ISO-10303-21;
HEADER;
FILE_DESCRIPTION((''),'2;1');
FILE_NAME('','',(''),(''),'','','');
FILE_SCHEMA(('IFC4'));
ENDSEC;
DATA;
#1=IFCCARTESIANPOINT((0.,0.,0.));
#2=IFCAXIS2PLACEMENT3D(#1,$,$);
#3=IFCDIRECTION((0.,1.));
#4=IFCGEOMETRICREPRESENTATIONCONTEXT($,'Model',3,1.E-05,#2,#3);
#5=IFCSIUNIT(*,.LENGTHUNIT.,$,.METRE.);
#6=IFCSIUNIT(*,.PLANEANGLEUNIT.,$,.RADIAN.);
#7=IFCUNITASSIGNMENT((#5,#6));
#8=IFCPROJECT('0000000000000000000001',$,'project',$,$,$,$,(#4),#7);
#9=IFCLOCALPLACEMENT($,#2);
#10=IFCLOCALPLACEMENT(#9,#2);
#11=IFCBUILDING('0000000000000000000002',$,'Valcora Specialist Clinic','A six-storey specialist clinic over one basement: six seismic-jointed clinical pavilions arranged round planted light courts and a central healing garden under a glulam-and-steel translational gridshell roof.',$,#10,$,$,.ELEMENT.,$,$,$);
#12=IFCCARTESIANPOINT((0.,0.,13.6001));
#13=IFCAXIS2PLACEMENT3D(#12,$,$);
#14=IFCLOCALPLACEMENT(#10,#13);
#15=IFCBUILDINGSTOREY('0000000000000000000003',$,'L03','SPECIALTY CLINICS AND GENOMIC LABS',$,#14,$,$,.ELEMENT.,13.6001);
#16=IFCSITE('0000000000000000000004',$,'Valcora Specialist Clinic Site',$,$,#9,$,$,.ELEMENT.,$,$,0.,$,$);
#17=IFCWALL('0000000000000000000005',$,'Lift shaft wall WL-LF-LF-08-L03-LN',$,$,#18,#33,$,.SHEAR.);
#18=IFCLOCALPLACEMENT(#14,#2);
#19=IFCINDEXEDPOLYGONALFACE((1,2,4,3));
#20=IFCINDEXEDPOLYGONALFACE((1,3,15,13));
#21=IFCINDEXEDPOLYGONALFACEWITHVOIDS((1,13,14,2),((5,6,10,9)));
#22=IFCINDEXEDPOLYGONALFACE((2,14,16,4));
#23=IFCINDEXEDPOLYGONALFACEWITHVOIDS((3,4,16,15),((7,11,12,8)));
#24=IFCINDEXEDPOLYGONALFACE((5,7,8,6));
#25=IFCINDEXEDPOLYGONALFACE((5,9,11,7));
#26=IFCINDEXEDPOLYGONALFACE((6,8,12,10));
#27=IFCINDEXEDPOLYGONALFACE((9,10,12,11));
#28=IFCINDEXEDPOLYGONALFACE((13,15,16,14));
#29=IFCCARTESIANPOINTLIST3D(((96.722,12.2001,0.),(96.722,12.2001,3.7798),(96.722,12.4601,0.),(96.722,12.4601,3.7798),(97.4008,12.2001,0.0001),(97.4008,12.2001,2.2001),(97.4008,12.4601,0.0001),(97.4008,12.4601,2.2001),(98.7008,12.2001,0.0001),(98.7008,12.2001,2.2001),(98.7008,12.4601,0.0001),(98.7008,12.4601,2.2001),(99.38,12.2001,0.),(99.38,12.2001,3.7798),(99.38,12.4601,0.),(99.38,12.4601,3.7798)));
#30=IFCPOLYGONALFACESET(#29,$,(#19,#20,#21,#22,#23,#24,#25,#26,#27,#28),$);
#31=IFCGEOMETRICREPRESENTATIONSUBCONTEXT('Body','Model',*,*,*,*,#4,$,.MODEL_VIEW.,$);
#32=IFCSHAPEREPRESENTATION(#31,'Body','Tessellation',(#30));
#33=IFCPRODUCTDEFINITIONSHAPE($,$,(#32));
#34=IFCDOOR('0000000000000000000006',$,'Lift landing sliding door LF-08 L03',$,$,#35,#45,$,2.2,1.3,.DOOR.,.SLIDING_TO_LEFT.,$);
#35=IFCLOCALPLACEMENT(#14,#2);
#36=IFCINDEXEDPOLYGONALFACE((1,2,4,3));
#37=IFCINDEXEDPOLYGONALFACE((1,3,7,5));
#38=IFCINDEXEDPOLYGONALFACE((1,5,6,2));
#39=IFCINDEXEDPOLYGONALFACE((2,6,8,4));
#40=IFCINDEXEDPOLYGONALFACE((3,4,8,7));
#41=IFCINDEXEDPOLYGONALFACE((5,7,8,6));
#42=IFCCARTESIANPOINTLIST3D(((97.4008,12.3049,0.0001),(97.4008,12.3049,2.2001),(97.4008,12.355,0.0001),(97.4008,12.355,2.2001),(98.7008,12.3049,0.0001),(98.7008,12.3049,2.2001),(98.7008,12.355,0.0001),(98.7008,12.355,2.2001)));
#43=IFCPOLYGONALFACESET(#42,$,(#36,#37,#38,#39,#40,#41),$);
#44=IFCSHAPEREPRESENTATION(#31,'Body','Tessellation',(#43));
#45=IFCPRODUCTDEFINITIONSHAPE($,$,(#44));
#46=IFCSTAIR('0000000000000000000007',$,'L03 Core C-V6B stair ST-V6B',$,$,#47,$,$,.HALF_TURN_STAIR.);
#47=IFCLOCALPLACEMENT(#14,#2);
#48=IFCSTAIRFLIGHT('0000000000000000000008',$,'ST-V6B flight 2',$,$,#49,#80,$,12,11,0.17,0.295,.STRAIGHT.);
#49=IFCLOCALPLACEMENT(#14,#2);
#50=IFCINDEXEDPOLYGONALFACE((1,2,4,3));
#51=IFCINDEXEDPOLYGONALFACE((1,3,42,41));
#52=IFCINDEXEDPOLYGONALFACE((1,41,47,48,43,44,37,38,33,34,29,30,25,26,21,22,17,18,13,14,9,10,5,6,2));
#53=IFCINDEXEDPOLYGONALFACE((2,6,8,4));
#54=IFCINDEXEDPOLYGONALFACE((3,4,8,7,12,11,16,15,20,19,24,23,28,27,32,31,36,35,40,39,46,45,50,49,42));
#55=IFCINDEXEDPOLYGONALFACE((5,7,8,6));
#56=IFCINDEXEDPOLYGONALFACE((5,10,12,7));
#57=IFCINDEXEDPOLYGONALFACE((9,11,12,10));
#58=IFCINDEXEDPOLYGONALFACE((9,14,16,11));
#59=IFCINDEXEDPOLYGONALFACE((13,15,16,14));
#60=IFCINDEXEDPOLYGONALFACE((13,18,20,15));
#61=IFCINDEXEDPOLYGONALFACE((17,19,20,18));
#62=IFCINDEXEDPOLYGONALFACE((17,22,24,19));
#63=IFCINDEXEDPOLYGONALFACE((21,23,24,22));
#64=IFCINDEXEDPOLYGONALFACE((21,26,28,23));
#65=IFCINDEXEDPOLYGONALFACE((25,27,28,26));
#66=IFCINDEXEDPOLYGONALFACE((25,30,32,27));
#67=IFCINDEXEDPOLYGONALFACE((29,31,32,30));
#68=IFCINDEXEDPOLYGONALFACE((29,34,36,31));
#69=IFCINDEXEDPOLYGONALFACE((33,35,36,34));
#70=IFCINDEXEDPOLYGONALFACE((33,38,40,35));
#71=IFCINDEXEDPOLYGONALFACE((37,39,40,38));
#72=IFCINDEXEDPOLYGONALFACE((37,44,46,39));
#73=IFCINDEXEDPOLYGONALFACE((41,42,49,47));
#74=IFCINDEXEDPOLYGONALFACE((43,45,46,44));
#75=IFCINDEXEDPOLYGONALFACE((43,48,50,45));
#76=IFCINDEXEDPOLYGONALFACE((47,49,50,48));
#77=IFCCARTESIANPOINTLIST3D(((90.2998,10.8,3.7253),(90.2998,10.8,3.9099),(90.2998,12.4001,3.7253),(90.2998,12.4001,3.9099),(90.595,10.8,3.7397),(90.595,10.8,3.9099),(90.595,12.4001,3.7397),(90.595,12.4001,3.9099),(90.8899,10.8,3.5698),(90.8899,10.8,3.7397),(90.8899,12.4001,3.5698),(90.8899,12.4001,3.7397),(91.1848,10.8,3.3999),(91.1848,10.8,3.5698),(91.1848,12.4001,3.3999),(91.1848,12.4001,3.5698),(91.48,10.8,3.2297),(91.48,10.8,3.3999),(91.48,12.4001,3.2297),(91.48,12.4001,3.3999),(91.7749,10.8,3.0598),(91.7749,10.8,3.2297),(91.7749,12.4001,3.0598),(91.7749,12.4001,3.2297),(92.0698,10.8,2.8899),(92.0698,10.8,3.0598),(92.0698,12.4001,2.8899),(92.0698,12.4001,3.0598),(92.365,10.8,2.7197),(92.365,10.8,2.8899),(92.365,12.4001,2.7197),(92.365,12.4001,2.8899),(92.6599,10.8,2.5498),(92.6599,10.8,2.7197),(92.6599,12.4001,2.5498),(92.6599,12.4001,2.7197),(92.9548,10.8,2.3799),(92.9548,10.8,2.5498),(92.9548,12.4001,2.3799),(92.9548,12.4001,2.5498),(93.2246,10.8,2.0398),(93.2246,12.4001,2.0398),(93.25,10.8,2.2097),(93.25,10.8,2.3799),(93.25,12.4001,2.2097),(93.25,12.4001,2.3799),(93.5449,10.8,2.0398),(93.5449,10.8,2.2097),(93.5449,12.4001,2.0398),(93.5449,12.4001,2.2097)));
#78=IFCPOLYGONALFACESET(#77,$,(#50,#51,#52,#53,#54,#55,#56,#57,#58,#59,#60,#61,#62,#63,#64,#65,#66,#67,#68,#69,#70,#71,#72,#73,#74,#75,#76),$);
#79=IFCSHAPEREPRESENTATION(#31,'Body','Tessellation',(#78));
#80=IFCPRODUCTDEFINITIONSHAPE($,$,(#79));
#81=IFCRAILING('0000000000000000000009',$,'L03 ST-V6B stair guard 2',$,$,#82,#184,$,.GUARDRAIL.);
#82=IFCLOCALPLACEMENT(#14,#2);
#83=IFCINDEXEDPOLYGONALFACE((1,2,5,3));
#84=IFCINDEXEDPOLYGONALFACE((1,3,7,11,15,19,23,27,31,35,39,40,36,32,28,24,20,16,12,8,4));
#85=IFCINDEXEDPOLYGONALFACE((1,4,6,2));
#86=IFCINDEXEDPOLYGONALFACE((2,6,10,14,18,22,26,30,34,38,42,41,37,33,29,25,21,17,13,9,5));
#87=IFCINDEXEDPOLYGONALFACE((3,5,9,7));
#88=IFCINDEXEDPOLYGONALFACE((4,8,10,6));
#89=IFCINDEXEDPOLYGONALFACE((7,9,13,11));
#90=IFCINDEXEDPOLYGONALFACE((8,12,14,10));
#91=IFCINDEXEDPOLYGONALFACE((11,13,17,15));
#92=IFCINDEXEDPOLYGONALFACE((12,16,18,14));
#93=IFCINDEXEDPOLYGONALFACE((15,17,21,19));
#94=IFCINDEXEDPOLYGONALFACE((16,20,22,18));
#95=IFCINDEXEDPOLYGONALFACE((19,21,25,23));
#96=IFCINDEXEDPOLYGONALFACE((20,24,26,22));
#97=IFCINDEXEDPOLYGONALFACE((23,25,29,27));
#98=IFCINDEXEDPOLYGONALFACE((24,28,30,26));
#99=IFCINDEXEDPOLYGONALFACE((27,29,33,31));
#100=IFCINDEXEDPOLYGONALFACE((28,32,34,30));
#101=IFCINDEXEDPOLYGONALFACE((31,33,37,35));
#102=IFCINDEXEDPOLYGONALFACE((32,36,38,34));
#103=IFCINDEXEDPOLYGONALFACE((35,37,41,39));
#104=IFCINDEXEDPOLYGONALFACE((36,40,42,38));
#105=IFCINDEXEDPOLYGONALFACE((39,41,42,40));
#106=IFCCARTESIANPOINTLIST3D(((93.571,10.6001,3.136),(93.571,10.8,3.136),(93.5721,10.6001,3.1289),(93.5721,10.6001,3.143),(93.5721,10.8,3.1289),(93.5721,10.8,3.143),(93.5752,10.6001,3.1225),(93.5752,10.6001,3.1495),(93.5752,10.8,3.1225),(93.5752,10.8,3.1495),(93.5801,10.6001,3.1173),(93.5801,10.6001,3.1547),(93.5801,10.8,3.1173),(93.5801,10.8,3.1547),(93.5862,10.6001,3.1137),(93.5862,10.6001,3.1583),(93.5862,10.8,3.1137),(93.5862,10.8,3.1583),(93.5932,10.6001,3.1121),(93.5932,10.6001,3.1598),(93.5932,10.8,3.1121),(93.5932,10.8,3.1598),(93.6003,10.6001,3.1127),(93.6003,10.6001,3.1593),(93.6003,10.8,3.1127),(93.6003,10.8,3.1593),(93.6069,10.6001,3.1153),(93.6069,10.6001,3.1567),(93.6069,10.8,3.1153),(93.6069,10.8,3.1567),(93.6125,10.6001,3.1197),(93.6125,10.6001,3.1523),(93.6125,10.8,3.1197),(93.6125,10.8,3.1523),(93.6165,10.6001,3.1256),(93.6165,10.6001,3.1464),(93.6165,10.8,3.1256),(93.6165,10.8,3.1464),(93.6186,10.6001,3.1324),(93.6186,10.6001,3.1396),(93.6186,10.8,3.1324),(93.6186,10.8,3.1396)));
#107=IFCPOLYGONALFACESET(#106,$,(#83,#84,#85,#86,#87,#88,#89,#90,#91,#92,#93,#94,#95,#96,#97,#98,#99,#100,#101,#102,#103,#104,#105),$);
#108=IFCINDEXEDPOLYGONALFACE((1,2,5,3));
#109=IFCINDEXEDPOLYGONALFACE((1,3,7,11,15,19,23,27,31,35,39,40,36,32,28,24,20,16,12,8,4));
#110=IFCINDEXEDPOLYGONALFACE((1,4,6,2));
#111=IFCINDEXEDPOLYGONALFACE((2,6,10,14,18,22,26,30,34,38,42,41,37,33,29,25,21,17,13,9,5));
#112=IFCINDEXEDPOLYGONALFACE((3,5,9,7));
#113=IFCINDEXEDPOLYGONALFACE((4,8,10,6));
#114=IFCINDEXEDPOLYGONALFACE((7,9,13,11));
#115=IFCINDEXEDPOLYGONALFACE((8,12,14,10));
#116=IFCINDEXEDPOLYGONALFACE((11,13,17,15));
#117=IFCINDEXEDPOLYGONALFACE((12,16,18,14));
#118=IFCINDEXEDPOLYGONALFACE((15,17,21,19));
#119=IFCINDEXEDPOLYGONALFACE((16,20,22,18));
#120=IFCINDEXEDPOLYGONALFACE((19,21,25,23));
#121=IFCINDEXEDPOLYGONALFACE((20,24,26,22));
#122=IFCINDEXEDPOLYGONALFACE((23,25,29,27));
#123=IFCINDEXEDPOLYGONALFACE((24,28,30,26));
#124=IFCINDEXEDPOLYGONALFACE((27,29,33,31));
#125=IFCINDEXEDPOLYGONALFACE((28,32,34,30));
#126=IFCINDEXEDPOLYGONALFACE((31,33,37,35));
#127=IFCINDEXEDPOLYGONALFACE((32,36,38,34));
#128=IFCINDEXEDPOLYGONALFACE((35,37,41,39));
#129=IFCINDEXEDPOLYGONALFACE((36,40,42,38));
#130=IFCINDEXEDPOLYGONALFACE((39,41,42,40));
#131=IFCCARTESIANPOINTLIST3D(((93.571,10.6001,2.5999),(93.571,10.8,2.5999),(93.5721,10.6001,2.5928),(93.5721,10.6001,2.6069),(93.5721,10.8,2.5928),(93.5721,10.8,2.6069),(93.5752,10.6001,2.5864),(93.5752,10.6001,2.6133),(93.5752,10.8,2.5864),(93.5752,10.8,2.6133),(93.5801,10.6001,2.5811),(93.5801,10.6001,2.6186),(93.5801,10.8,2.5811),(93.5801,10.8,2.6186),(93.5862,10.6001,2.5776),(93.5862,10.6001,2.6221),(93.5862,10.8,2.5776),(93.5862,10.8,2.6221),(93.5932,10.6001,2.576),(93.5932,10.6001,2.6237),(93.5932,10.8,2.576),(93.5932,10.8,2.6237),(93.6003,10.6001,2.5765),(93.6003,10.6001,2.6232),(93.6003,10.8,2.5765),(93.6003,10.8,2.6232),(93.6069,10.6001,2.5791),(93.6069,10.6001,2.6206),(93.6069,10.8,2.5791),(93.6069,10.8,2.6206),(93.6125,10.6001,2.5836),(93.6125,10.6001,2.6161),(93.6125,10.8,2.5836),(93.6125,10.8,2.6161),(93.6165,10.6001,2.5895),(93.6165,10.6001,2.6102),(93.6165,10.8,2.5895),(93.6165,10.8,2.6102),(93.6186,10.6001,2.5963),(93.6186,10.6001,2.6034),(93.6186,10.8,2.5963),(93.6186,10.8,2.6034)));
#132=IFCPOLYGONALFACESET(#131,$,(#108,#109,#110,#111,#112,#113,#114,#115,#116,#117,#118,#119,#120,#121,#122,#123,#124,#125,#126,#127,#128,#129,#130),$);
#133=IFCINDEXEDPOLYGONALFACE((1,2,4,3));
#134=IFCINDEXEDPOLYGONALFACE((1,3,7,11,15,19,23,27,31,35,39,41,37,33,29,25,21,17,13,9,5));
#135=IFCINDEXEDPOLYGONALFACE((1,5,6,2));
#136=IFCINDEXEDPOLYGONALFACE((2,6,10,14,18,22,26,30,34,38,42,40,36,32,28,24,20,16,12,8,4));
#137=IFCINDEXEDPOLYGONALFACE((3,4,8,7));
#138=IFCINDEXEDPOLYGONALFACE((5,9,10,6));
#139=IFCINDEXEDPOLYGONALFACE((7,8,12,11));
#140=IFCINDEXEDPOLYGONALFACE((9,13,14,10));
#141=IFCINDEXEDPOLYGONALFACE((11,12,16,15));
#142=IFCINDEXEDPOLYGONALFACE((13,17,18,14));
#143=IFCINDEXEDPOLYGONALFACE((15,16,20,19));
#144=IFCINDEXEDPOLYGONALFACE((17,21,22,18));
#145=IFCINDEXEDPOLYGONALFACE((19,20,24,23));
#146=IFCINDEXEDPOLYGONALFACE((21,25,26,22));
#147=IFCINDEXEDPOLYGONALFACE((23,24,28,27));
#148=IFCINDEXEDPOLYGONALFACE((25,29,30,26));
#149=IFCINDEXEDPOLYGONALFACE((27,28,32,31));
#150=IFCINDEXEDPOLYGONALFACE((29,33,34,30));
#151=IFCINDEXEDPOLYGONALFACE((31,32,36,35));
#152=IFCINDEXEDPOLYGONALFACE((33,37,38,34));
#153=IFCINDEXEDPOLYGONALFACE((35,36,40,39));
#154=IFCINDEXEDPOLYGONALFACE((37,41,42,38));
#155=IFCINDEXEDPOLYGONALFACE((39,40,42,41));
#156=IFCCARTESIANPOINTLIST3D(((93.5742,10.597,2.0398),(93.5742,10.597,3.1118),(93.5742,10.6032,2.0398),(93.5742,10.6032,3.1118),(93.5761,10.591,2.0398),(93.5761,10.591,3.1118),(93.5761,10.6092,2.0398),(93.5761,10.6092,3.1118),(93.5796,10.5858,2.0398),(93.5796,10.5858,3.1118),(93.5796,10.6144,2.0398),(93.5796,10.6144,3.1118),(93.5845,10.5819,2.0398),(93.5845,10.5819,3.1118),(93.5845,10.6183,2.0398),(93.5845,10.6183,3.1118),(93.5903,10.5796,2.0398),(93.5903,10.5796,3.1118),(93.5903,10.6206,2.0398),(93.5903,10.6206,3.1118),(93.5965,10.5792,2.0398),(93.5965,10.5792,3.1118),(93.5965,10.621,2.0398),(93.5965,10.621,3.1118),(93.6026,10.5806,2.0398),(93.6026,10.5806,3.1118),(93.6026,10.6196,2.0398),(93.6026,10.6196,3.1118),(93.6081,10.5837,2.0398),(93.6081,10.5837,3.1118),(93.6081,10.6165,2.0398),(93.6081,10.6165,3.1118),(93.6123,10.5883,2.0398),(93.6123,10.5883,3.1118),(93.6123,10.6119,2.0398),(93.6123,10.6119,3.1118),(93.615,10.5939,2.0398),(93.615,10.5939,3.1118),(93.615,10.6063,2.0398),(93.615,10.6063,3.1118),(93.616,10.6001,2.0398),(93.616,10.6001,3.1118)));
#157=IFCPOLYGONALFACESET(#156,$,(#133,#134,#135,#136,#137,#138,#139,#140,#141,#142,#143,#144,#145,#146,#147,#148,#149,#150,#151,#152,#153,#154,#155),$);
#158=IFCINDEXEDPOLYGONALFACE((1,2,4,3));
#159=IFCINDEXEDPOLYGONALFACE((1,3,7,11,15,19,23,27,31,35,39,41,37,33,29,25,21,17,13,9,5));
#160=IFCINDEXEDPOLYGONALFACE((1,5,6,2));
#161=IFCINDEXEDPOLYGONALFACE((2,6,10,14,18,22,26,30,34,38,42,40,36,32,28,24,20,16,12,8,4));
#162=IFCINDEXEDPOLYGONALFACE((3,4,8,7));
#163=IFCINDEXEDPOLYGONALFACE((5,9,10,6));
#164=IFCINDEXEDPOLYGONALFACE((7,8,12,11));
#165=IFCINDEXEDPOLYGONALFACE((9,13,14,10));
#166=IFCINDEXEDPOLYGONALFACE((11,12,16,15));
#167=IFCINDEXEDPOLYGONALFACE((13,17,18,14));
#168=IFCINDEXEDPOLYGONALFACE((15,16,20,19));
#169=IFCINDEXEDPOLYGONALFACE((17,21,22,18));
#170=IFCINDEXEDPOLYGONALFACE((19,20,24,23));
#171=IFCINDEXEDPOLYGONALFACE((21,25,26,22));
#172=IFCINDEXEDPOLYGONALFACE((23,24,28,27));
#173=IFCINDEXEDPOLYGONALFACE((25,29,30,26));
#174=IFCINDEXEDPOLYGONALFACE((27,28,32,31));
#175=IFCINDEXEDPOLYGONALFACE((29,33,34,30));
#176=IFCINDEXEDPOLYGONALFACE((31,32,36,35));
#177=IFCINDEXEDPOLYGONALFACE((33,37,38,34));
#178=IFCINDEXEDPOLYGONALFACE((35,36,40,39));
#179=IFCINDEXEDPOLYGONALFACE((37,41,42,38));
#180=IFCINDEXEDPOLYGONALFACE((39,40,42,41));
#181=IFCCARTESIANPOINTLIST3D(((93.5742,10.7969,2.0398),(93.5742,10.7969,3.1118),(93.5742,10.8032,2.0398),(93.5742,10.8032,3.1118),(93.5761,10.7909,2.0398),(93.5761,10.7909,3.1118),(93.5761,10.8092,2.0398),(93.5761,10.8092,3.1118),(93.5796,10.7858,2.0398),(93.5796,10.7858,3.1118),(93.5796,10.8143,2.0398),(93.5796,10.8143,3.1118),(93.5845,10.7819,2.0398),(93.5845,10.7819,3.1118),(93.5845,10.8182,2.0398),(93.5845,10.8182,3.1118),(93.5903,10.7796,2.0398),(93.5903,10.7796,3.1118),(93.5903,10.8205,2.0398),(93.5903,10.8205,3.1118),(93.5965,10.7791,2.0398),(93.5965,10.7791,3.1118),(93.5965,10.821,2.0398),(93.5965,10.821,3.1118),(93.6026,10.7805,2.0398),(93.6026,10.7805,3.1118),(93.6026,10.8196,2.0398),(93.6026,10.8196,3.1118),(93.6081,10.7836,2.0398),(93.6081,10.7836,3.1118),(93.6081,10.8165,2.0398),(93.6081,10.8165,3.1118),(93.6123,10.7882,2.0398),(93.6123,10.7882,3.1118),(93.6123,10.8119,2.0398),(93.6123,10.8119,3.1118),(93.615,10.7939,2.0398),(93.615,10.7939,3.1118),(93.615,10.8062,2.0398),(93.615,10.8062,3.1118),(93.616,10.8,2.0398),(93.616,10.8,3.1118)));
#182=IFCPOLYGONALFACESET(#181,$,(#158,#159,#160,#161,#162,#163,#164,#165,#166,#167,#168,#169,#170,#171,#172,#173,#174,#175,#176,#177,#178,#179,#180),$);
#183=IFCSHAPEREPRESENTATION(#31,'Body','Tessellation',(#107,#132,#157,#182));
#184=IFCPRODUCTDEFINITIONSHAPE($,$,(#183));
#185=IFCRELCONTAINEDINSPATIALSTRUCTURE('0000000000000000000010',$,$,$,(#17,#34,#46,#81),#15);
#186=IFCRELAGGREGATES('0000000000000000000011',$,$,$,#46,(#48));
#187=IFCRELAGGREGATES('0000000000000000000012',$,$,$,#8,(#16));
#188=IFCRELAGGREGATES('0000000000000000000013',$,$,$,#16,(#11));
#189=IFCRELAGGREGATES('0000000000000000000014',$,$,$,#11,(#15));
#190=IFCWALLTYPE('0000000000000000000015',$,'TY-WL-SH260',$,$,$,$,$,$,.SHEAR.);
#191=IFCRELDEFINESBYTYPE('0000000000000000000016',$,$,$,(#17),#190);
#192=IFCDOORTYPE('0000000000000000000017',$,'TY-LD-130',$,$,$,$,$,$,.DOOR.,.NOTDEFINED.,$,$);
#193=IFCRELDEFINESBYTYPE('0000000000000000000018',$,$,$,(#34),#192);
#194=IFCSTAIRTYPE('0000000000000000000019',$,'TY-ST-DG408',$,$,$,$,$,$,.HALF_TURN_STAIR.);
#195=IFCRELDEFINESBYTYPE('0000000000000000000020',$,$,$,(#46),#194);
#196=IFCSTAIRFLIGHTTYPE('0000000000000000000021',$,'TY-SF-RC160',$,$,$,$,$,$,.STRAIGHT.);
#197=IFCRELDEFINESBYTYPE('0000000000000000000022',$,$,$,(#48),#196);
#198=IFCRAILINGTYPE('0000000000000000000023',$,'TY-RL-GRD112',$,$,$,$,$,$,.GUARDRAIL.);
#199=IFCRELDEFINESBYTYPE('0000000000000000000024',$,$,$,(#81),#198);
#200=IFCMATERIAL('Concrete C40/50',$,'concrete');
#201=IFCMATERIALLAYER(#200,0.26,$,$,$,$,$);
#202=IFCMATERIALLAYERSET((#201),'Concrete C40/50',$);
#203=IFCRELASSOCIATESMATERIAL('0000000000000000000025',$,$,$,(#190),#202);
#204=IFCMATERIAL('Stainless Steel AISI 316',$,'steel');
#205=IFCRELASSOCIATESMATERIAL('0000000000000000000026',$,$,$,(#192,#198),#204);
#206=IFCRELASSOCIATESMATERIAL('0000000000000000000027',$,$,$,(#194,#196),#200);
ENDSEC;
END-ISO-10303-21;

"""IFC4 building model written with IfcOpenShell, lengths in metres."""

from ifc_helpers import new_model, si_unit, direction, frame, frame_2d, origin, origin_2d, place, context, subcontext, project, spatial, polyline, rectangle, circle, outline, extrude, material, layer, layer_set, type_object, element, fill, aggregate, save


model = new_model("IFC4")

# Units and contexts
model_context = context("Model", 3, precision=1e-05, world=origin(), true_north=direction((0.0, 1.0)))
body_context = subcontext(model_context, "Body", "Model", "MODEL_VIEW")
ifc_project = project(units=[si_unit("LENGTHUNIT", "METRE"), si_unit("PLANEANGLEUNIT", "RADIAN")], contexts=[model_context])

# Site, building, storey
site_placement = place(None, origin())
site = spatial("IfcSite", under=ifc_project, at=site_placement, Name="Valcora Specialist Clinic Site", CompositionType="ELEMENT", RefElevation=0.0)
building_placement = place(site_placement, origin())
building = spatial("IfcBuilding", under=site, at=building_placement, Name="Valcora Specialist Clinic", Description="A six-storey specialist clinic over one basement: six seismic-jointed clinical pavilions arranged round planted light courts and a central healing garden under a glulam-and-steel translational gridshell roof.", CompositionType="ELEMENT")
storey_placement = place(building_placement, frame((0.0, 0.0, 13.6001)))
storey = spatial("IfcBuildingStorey", under=building, at=storey_placement, Name="L03", Description="SPECIALTY CLINICS AND GENOMIC LABS", CompositionType="ELEMENT", Elevation=13.6001)

# Shared definitions
ifc_material_1 = material(Name="Concrete C40/50", Category="concrete")

# Wall, opening, door
ifc_layer_1 = layer(ifc_material_1, 0.26)
ifc_layer_set_1 = layer_set([ifc_layer_1], Name="Concrete C40/50")
wall_type_1 = type_object("IfcWallType", Name="TY-WL-SH260", PredefinedType="SHEAR", material=ifc_layer_set_1)
wall_1_placement = place(storey_placement, frame((96.7219, 12.3301, 0.0), z_axis=(0.0, 0.0, 1.0), x_axis=(1.0, 0.0, 0.0)))
wall_1 = element("IfcWall", 1, at=wall_1_placement, inside=storey, type_object=wall_type_1, Name="Lift shaft wall WL-LF-LF-08-L03-LN", PredefinedType="SHEAR", context=body_context, shape_type="SweptSolid", body=[
    extrude(rectangle(XDim=2.658, YDim=0.26, at=frame_2d((1.3291, 0.0))), origin(), (0.0, 0.0, 1.0), 3.7798),
])
opening_1_placement = place(wall_1_placement, frame((0.679, 0.0, 0.0)))
opening_1 = element("IfcOpeningElement", 2, at=opening_1_placement, cuts=wall_1, PredefinedType="OPENING", context=body_context, shape_type="SweptSolid", body=[
    extrude(rectangle(XDim=1.3, YDim=2.2, at=frame_2d((0.6499, 1.1001))), frame((0.0, 0.1399, 0.0), z_axis=(0.0, -1.0, 0.0), x_axis=(1.0, 0.0, 0.0)), (0.0, 0.0, 1.0), 0.28),
])
ifc_material_2 = material(Name="Stainless Steel AISI 316", Category="steel")
door_type_1 = type_object("IfcDoorType", Name="TY-LD-130", OperationType="NOTDEFINED", PredefinedType="DOOR", material=ifc_material_2)
door_1_placement = place(opening_1_placement, origin())
door_1 = element("IfcDoor", 3, at=door_1_placement, inside=storey, type_object=door_type_1, Name="Lift landing sliding door LF-08 L03", OperationType="SLIDING_TO_LEFT", OverallHeight=2.2, OverallWidth=1.3, PredefinedType="DOOR", context=body_context, shape_type="SweptSolid", body=[
    extrude(rectangle(XDim=1.3, YDim=2.2, at=frame_2d((0.6499, 1.1001))), frame((0.0, 0.0249, 0.0), z_axis=(0.0, -1.0, 0.0), x_axis=(1.0, 0.0, 0.0)), (0.0, 0.0, 1.0), 0.05),
])
fill(opening_1, door_1)

# Stair, stair flight
stair_type = type_object("IfcStairType", Name="TY-ST-DG408", PredefinedType="HALF_TURN_STAIR", material=ifc_material_1)
stair_placement = place(storey_placement, origin())
stair = element("IfcStair", 4, at=stair_placement, inside=storey, type_object=stair_type, Name="L03 Core C-V6B stair ST-V6B", PredefinedType="HALF_TURN_STAIR")
stair_flight_type = type_object("IfcStairFlightType", Name="TY-SF-RC160", PredefinedType="STRAIGHT", material=ifc_material_1)
stair_flight_placement = place(storey_placement, frame((93.5449, 11.6001, 2.0398), z_axis=(0.0, 0.0, 1.0), x_axis=(-1.0, 0.0, 0.0)))
stair_flight = element("IfcStairFlight", 5, at=stair_flight_placement, type_object=stair_flight_type, Name="ST-V6B flight 2", NumberOfRisers=12, NumberOfTreads=11, PredefinedType="STRAIGHT", RiserHeight=0.17, TreadLength=0.295, context=body_context, shape_type="SweptSolid", body=[
    extrude(outline(polyline([(0.0, 0.0), (0.0, 0.1699), (0.2949, 0.1699), (0.2949, 0.3401), (0.5901, 0.3401), (0.5901, 0.51), (0.885, 0.51), (0.885, 0.6799), (1.1799, 0.6799), (1.1799, 0.8501), (1.4751, 0.8501), (1.4751, 1.02), (1.77, 1.02), (1.77, 1.1899), (2.0649, 1.1899), (2.0649, 1.3601), (2.3601, 1.3601), (2.3601, 1.53), (2.655, 1.53), (2.655, 1.7), (2.95, 1.7), (2.95, 1.8701), (3.2451, 1.8701), (3.2451, 2.04), (3.2451, 1.6855), (0.3203, 0.0), (0.0, 0.0)])), frame((0.0, 0.8, 0.0), z_axis=(0.0, -1.0, 0.0), x_axis=(1.0, 0.0, 0.0)), (0.0, 0.0, 1.0), 1.6001),
])
aggregate(stair, [stair_flight])

# Railing
railing_type_1 = type_object("IfcRailingType", Name="TY-RL-GRD112", PredefinedType="GUARDRAIL", material=ifc_material_2)
railing_1_placement = place(storey_placement, frame((93.595, 10.6001, 2.0398)))
element("IfcRailing", 6, at=railing_1_placement, inside=storey, type_object=railing_type_1, Name="L03 ST-V6B stair guard 2", PredefinedType="GUARDRAIL", context=body_context, shape_type="SweptSolid", body=[
    extrude(circle(Radius=0.0239, at=origin_2d()), frame((0.0, 0.0, 1.0962), z_axis=(0.0, 1.0, 0.0), x_axis=(-1.0, 0.0, 0.0)), (0.0, 0.0, 1.0), 0.2),
    extrude(circle(Radius=0.0239, at=origin_2d()), frame((0.0, 0.0, 0.5601), z_axis=(0.0, 1.0, 0.0), x_axis=(-1.0, 0.0, 0.0)), (0.0, 0.0, 1.0), 0.2),
    extrude(circle(Radius=0.021, at=origin_2d()), origin(), (0.0, 0.0, 1.0), 1.072),
    extrude(circle(Radius=0.021, at=origin_2d()), frame((0.0, 0.2, 0.0)), (0.0, 0.0, 1.0), 1.072),
])

save(model, "model.ifc")
